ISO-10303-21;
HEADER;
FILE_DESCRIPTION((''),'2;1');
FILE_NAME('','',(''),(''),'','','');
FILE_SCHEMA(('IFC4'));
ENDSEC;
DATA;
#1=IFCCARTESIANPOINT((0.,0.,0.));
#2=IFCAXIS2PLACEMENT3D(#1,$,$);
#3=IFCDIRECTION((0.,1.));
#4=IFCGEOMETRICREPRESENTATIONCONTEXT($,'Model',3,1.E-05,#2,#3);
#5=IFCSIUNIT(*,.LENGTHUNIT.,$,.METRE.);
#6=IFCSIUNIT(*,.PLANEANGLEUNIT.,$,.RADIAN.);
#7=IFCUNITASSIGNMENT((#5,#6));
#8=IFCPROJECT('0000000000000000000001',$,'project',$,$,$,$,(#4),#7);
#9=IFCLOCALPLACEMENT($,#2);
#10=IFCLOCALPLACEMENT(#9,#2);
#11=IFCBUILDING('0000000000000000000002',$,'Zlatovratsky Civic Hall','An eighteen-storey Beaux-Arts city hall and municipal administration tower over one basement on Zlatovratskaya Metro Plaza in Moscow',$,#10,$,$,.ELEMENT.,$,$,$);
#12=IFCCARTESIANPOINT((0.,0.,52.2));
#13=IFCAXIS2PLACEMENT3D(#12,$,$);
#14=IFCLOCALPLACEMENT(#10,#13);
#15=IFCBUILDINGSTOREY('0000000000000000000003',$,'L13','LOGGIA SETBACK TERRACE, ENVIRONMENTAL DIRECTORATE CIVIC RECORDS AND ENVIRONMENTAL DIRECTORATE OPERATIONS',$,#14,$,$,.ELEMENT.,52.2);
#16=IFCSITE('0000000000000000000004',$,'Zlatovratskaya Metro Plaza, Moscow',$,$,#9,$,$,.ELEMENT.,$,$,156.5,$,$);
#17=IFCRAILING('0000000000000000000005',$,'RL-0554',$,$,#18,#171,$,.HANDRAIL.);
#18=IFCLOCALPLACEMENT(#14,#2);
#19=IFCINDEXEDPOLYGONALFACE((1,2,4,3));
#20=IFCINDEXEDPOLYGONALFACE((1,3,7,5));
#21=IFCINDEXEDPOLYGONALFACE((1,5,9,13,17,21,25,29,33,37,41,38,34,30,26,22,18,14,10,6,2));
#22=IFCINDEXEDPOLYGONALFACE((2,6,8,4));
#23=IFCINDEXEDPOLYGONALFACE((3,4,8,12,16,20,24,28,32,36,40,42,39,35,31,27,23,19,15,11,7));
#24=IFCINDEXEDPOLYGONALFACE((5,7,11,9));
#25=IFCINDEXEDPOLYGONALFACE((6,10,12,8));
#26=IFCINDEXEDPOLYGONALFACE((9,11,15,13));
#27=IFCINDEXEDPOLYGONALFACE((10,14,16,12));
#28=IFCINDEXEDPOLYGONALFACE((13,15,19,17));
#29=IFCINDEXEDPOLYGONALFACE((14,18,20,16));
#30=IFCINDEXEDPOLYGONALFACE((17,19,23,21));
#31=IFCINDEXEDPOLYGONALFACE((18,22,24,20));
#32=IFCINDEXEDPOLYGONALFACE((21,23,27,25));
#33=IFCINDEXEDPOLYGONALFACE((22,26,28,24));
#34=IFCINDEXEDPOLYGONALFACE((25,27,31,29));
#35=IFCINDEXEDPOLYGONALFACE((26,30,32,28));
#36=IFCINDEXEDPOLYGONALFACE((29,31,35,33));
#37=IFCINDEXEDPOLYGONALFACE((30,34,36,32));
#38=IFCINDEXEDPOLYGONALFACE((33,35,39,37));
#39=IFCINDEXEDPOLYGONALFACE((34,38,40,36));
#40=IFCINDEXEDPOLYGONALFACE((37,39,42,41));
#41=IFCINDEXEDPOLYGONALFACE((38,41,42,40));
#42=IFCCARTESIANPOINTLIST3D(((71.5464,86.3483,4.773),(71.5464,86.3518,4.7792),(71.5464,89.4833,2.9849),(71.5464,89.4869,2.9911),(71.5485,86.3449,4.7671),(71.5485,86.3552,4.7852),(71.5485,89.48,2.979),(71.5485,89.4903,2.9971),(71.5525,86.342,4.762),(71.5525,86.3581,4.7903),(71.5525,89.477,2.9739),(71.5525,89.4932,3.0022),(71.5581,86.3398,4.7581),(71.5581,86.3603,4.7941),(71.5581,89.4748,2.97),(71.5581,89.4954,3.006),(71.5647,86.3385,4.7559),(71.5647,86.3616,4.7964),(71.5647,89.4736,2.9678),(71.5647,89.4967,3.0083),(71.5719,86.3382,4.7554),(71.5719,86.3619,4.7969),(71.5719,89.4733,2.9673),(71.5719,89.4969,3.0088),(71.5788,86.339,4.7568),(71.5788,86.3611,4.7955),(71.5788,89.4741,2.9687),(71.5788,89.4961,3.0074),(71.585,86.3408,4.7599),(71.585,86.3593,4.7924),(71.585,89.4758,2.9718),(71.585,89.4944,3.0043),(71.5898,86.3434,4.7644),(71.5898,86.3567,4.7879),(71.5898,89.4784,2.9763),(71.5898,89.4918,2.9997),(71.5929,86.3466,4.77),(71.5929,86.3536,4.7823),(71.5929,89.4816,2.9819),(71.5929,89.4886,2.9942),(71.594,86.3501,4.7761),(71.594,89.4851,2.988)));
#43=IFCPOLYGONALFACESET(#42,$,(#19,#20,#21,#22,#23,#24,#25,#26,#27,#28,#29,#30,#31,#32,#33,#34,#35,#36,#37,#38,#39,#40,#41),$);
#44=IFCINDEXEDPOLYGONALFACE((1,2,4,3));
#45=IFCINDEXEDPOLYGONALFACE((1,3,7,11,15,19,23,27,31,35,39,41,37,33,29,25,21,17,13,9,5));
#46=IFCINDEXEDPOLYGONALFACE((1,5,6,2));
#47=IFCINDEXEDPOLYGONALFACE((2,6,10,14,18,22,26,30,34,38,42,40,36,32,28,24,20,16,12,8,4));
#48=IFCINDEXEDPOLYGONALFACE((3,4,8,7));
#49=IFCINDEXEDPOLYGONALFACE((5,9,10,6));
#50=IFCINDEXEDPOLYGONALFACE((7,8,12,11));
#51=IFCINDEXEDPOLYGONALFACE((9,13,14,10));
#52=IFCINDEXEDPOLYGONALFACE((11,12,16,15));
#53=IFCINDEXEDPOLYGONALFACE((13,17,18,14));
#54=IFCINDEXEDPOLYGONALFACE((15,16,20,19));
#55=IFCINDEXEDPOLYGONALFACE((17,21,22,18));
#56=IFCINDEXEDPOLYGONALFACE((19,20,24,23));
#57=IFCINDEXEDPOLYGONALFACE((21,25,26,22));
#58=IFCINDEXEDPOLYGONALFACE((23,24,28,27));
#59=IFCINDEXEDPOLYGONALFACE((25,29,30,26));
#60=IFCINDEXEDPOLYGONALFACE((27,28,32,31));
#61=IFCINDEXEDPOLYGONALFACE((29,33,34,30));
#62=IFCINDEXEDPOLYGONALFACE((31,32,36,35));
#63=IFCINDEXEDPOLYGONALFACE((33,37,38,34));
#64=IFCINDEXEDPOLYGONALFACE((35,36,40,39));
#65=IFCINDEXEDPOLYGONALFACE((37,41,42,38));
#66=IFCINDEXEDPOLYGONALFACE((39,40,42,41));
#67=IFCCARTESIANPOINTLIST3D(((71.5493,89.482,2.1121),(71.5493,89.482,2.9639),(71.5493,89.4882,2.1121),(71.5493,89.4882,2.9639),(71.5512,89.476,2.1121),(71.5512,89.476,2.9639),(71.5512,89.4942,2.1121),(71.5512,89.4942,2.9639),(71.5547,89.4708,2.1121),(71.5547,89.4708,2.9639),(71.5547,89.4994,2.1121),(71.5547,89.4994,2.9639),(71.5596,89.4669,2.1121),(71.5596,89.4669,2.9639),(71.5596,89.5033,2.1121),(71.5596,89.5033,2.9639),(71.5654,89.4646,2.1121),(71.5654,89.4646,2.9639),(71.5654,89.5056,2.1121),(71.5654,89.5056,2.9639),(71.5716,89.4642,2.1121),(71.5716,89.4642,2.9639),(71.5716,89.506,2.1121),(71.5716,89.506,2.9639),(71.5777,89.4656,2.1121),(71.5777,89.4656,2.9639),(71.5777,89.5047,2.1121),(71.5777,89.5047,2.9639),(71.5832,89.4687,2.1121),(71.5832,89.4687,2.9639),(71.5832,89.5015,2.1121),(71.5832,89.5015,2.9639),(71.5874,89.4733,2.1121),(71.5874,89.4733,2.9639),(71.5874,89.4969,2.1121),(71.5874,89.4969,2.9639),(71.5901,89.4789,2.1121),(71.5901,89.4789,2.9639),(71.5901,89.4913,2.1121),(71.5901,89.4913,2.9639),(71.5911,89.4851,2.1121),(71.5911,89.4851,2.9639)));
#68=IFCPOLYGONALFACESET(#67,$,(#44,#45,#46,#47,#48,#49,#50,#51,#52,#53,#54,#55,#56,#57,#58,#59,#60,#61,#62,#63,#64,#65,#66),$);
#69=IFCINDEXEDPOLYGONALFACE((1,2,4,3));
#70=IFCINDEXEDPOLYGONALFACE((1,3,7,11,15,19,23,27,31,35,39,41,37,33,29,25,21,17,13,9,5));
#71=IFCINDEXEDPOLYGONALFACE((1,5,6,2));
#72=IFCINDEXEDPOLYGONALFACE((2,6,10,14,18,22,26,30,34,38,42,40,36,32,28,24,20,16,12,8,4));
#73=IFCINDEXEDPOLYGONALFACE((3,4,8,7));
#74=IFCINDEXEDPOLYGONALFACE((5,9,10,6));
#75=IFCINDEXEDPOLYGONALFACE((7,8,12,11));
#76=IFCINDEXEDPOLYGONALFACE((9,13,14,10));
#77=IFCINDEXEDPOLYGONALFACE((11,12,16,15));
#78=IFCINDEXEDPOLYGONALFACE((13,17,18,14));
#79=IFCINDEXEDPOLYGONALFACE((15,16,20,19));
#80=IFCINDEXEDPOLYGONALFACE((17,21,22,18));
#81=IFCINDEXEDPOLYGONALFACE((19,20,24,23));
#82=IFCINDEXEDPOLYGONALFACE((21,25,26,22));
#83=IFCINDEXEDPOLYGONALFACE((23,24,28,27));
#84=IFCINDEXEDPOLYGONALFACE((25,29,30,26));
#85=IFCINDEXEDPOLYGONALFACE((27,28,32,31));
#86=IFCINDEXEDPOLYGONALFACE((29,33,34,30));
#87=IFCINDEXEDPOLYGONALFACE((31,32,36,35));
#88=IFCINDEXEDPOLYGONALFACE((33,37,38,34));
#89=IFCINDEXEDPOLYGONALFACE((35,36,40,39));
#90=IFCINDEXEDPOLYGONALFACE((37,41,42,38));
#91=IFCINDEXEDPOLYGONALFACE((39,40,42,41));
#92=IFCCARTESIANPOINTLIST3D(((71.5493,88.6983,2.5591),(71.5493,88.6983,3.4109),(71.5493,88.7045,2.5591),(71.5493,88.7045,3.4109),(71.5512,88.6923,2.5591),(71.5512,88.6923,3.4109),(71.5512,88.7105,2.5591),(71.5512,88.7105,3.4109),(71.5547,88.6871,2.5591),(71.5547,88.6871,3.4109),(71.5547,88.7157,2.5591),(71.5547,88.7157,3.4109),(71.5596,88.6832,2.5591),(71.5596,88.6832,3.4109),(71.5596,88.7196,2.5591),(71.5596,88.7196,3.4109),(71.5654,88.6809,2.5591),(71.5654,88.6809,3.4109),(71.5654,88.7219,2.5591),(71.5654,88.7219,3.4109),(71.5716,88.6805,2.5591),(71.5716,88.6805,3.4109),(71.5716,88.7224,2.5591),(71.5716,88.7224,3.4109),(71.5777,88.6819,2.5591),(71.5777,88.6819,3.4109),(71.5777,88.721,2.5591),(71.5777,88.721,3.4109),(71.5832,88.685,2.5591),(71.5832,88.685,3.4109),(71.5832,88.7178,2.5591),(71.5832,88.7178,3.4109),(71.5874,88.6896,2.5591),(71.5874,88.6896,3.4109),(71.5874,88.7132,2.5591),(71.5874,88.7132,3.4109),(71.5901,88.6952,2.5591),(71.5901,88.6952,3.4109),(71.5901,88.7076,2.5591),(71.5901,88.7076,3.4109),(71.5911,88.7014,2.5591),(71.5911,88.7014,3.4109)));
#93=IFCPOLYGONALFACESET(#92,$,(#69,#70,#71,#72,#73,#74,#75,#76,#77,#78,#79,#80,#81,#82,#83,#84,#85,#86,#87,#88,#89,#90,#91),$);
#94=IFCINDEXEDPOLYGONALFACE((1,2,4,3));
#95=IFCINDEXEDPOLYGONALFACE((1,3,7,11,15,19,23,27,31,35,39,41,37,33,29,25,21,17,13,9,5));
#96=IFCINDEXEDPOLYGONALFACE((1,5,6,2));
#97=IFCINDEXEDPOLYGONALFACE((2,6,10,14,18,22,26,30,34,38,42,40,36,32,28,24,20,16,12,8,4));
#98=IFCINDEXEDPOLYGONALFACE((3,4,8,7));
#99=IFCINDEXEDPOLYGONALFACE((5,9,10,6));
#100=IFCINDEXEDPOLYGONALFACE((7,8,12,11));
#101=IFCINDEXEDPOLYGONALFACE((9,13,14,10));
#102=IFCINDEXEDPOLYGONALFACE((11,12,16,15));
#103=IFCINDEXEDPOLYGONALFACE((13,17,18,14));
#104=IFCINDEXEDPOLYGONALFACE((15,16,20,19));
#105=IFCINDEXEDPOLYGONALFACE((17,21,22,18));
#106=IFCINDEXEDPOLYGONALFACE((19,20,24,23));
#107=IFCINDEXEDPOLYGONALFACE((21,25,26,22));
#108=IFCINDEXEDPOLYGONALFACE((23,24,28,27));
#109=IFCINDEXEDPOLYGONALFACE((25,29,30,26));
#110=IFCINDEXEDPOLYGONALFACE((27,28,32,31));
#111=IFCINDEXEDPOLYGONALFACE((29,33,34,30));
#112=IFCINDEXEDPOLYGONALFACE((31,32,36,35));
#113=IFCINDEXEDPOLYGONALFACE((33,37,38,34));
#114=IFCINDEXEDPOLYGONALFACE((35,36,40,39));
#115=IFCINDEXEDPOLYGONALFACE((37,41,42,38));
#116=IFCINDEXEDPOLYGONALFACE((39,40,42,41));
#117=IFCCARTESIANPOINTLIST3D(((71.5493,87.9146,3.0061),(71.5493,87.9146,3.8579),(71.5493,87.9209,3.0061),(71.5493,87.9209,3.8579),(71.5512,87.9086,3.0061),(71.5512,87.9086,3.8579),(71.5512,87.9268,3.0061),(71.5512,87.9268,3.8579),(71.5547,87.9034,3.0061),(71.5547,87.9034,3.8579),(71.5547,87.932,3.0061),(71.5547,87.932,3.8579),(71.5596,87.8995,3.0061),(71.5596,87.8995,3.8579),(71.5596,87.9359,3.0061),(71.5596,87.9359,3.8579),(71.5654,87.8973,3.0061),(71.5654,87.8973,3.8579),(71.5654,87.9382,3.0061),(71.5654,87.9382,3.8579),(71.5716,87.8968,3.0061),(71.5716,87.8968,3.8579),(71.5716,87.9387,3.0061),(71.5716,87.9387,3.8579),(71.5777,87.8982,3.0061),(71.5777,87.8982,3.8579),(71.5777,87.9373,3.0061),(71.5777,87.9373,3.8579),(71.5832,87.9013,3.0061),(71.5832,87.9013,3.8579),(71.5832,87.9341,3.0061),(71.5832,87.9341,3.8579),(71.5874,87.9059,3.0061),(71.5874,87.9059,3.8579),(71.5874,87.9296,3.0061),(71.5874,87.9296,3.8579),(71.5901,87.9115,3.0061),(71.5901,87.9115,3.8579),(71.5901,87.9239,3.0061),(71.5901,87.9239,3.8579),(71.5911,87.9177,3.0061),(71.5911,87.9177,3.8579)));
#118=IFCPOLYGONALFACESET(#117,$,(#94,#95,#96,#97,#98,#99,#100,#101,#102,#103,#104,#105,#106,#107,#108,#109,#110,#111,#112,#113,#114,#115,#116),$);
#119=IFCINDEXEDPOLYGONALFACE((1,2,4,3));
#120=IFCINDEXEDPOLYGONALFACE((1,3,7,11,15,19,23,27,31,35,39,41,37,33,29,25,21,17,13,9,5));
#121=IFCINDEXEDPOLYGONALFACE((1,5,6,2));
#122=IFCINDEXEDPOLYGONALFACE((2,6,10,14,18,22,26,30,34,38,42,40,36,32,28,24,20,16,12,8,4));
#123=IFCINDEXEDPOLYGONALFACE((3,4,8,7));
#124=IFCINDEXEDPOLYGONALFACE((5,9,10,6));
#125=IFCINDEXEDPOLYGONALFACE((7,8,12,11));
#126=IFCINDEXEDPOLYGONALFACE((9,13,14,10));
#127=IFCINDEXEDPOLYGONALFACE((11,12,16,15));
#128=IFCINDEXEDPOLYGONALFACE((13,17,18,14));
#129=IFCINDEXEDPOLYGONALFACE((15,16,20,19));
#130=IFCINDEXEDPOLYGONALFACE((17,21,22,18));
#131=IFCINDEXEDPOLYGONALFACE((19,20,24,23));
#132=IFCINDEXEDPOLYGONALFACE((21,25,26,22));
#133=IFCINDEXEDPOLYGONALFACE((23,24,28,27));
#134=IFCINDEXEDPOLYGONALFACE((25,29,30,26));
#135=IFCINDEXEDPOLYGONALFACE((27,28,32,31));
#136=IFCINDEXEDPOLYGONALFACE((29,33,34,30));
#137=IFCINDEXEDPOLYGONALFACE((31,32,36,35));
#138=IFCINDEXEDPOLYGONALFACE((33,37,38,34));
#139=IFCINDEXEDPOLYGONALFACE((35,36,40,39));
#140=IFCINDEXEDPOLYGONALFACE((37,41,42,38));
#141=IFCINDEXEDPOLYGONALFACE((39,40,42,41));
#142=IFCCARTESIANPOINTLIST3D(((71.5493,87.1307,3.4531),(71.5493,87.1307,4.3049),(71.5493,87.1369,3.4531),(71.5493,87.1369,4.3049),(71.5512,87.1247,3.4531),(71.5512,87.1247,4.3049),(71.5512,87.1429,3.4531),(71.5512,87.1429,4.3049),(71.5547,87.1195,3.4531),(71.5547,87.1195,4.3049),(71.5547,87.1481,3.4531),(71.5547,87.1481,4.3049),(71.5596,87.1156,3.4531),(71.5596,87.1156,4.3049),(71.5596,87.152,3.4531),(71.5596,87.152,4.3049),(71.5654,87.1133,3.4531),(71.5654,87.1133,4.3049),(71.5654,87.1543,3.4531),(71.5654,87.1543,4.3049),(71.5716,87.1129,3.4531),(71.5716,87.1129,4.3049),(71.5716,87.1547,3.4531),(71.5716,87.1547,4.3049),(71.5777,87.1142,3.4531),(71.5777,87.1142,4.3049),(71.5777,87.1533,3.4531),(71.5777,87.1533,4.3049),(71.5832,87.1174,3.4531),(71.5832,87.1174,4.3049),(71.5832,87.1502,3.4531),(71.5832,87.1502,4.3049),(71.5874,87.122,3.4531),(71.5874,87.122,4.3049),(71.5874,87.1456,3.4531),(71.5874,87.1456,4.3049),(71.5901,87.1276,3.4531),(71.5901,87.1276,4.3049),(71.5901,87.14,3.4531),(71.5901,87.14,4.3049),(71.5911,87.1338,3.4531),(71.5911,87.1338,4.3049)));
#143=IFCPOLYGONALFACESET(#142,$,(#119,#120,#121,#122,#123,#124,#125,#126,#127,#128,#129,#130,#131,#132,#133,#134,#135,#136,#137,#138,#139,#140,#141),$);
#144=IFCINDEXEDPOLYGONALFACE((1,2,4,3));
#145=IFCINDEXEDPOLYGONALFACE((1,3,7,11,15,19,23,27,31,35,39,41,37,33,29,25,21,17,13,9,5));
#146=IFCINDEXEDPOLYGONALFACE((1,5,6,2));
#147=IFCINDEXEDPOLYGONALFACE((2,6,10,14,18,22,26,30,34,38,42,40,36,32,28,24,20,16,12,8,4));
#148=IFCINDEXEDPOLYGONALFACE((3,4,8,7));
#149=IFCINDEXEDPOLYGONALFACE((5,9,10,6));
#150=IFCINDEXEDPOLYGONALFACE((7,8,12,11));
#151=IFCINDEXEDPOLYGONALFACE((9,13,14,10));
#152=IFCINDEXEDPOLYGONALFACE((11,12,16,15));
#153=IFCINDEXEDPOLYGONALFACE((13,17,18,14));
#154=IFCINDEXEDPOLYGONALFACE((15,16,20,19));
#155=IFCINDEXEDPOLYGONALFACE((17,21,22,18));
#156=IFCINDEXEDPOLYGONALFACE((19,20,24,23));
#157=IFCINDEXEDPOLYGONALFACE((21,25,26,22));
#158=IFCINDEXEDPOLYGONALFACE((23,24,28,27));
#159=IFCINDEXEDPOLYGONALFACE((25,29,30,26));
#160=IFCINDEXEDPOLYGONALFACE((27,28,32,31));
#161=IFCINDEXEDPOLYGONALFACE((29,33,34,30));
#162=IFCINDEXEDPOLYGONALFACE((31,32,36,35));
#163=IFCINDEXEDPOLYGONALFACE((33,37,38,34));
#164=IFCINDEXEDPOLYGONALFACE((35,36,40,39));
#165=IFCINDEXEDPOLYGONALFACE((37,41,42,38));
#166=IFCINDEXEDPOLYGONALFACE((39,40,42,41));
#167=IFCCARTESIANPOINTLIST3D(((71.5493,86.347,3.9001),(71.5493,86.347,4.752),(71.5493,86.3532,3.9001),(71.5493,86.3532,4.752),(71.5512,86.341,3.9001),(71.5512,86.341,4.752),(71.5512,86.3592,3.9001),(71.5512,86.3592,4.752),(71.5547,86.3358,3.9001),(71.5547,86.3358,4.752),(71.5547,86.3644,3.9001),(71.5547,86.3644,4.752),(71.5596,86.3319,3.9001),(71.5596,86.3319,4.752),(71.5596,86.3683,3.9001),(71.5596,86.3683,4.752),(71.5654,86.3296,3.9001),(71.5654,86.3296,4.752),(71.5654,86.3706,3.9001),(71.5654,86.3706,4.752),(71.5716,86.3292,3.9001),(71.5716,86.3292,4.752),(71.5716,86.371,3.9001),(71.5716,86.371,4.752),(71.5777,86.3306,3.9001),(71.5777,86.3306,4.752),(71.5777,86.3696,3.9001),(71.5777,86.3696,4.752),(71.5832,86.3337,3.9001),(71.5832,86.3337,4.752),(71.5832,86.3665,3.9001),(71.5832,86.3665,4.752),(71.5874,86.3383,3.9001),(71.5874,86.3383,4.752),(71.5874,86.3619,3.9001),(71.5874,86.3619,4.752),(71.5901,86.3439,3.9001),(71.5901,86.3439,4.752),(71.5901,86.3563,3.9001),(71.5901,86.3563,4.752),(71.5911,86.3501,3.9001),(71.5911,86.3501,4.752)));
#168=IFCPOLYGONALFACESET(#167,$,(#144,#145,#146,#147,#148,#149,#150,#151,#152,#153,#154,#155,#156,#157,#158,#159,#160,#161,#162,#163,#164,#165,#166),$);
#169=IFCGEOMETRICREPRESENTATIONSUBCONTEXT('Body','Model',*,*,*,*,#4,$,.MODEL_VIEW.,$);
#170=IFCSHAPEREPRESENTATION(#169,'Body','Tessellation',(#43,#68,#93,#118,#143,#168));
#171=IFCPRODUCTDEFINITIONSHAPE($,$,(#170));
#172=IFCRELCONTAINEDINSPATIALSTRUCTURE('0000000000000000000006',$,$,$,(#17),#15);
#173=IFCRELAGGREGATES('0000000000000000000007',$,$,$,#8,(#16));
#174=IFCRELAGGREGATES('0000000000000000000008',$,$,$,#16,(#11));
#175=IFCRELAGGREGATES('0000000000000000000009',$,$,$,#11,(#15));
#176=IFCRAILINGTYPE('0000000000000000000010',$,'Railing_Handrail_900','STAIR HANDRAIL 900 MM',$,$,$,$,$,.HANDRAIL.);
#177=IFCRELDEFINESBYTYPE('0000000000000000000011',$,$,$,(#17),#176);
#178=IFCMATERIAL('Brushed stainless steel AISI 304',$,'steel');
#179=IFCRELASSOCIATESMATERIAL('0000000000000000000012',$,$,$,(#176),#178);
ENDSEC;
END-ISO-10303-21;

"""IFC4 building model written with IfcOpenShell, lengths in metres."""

from ifc_helpers import new_model, si_unit, direction, frame, origin, origin_2d, place, context, subcontext, project, spatial, circle, extrude, material, type_object, element, save


model = new_model("IFC4")

# Units and contexts
model_context = context("Model", 3, precision=1e-05, world=origin(), true_north=direction((0.0, 1.0)))
body_context = subcontext(model_context, "Body", "Model", "MODEL_VIEW")
ifc_project = project(units=[si_unit("LENGTHUNIT", "METRE"), si_unit("PLANEANGLEUNIT", "RADIAN")], contexts=[model_context])

# Site, building, storey
site_placement = place(None, origin())
site = spatial("IfcSite", under=ifc_project, at=site_placement, Name="Zlatovratskaya Metro Plaza, Moscow", CompositionType="ELEMENT", RefElevation=156.5)
building_placement = place(site_placement, origin())
building = spatial("IfcBuilding", under=site, at=building_placement, Name="Zlatovratsky Civic Hall", Description="An eighteen-storey Beaux-Arts city hall and municipal administration tower over one basement on Zlatovratskaya Metro Plaza in Moscow", CompositionType="ELEMENT")
storey_placement = place(building_placement, frame((0.0, 0.0, 52.2)))
storey = spatial("IfcBuildingStorey", under=building, at=storey_placement, Name="L13", Description="LOGGIA SETBACK TERRACE, ENVIRONMENTAL DIRECTORATE CIVIC RECORDS AND ENVIRONMENTAL DIRECTORATE OPERATIONS", CompositionType="ELEMENT", Elevation=52.2)

# Railing
ifc_material_1 = material(Name="Brushed stainless steel AISI 304", Category="steel")
railing_type = type_object("IfcRailingType", Name="Railing_Handrail_900", Description="STAIR HANDRAIL 900 MM", PredefinedType="HANDRAIL", material=ifc_material_1)
railing_placement = place(storey_placement, frame((71.5701, 89.4851, 2.1121)))
element("IfcRailing", 1, at=railing_placement, inside=storey, type_object=railing_type, Name="RL-0554", PredefinedType="HANDRAIL", context=body_context, shape_type="SweptSolid", body=[
    extrude(circle(Radius=0.0239, at=origin_2d()), frame((0.0, 0.0, 0.876), z_axis=(0.0, -0.868642, 0.495439), x_axis=(1.0, 0.0, 0.0)), (0.0, 0.0, 1.0), 3.6091),
    extrude(circle(Radius=0.021, at=origin_2d()), origin(), (0.0, 0.0, 1.0), 0.8518),
    extrude(circle(Radius=0.021, at=origin_2d()), frame((0.0, -0.7837, 0.447)), (0.0, 0.0, 1.0), 0.8518),
    extrude(circle(Radius=0.021, at=origin_2d()), frame((0.0, -1.5674, 0.894)), (0.0, 0.0, 1.0), 0.8518),
    extrude(circle(Radius=0.021, at=origin_2d()), frame((0.0, -2.3513, 1.3411)), (0.0, 0.0, 1.0), 0.8518),
    extrude(circle(Radius=0.021, at=origin_2d()), frame((0.0, -3.135, 1.7881)), (0.0, 0.0, 1.0), 0.8518),
])

save(model, "model.ifc")
